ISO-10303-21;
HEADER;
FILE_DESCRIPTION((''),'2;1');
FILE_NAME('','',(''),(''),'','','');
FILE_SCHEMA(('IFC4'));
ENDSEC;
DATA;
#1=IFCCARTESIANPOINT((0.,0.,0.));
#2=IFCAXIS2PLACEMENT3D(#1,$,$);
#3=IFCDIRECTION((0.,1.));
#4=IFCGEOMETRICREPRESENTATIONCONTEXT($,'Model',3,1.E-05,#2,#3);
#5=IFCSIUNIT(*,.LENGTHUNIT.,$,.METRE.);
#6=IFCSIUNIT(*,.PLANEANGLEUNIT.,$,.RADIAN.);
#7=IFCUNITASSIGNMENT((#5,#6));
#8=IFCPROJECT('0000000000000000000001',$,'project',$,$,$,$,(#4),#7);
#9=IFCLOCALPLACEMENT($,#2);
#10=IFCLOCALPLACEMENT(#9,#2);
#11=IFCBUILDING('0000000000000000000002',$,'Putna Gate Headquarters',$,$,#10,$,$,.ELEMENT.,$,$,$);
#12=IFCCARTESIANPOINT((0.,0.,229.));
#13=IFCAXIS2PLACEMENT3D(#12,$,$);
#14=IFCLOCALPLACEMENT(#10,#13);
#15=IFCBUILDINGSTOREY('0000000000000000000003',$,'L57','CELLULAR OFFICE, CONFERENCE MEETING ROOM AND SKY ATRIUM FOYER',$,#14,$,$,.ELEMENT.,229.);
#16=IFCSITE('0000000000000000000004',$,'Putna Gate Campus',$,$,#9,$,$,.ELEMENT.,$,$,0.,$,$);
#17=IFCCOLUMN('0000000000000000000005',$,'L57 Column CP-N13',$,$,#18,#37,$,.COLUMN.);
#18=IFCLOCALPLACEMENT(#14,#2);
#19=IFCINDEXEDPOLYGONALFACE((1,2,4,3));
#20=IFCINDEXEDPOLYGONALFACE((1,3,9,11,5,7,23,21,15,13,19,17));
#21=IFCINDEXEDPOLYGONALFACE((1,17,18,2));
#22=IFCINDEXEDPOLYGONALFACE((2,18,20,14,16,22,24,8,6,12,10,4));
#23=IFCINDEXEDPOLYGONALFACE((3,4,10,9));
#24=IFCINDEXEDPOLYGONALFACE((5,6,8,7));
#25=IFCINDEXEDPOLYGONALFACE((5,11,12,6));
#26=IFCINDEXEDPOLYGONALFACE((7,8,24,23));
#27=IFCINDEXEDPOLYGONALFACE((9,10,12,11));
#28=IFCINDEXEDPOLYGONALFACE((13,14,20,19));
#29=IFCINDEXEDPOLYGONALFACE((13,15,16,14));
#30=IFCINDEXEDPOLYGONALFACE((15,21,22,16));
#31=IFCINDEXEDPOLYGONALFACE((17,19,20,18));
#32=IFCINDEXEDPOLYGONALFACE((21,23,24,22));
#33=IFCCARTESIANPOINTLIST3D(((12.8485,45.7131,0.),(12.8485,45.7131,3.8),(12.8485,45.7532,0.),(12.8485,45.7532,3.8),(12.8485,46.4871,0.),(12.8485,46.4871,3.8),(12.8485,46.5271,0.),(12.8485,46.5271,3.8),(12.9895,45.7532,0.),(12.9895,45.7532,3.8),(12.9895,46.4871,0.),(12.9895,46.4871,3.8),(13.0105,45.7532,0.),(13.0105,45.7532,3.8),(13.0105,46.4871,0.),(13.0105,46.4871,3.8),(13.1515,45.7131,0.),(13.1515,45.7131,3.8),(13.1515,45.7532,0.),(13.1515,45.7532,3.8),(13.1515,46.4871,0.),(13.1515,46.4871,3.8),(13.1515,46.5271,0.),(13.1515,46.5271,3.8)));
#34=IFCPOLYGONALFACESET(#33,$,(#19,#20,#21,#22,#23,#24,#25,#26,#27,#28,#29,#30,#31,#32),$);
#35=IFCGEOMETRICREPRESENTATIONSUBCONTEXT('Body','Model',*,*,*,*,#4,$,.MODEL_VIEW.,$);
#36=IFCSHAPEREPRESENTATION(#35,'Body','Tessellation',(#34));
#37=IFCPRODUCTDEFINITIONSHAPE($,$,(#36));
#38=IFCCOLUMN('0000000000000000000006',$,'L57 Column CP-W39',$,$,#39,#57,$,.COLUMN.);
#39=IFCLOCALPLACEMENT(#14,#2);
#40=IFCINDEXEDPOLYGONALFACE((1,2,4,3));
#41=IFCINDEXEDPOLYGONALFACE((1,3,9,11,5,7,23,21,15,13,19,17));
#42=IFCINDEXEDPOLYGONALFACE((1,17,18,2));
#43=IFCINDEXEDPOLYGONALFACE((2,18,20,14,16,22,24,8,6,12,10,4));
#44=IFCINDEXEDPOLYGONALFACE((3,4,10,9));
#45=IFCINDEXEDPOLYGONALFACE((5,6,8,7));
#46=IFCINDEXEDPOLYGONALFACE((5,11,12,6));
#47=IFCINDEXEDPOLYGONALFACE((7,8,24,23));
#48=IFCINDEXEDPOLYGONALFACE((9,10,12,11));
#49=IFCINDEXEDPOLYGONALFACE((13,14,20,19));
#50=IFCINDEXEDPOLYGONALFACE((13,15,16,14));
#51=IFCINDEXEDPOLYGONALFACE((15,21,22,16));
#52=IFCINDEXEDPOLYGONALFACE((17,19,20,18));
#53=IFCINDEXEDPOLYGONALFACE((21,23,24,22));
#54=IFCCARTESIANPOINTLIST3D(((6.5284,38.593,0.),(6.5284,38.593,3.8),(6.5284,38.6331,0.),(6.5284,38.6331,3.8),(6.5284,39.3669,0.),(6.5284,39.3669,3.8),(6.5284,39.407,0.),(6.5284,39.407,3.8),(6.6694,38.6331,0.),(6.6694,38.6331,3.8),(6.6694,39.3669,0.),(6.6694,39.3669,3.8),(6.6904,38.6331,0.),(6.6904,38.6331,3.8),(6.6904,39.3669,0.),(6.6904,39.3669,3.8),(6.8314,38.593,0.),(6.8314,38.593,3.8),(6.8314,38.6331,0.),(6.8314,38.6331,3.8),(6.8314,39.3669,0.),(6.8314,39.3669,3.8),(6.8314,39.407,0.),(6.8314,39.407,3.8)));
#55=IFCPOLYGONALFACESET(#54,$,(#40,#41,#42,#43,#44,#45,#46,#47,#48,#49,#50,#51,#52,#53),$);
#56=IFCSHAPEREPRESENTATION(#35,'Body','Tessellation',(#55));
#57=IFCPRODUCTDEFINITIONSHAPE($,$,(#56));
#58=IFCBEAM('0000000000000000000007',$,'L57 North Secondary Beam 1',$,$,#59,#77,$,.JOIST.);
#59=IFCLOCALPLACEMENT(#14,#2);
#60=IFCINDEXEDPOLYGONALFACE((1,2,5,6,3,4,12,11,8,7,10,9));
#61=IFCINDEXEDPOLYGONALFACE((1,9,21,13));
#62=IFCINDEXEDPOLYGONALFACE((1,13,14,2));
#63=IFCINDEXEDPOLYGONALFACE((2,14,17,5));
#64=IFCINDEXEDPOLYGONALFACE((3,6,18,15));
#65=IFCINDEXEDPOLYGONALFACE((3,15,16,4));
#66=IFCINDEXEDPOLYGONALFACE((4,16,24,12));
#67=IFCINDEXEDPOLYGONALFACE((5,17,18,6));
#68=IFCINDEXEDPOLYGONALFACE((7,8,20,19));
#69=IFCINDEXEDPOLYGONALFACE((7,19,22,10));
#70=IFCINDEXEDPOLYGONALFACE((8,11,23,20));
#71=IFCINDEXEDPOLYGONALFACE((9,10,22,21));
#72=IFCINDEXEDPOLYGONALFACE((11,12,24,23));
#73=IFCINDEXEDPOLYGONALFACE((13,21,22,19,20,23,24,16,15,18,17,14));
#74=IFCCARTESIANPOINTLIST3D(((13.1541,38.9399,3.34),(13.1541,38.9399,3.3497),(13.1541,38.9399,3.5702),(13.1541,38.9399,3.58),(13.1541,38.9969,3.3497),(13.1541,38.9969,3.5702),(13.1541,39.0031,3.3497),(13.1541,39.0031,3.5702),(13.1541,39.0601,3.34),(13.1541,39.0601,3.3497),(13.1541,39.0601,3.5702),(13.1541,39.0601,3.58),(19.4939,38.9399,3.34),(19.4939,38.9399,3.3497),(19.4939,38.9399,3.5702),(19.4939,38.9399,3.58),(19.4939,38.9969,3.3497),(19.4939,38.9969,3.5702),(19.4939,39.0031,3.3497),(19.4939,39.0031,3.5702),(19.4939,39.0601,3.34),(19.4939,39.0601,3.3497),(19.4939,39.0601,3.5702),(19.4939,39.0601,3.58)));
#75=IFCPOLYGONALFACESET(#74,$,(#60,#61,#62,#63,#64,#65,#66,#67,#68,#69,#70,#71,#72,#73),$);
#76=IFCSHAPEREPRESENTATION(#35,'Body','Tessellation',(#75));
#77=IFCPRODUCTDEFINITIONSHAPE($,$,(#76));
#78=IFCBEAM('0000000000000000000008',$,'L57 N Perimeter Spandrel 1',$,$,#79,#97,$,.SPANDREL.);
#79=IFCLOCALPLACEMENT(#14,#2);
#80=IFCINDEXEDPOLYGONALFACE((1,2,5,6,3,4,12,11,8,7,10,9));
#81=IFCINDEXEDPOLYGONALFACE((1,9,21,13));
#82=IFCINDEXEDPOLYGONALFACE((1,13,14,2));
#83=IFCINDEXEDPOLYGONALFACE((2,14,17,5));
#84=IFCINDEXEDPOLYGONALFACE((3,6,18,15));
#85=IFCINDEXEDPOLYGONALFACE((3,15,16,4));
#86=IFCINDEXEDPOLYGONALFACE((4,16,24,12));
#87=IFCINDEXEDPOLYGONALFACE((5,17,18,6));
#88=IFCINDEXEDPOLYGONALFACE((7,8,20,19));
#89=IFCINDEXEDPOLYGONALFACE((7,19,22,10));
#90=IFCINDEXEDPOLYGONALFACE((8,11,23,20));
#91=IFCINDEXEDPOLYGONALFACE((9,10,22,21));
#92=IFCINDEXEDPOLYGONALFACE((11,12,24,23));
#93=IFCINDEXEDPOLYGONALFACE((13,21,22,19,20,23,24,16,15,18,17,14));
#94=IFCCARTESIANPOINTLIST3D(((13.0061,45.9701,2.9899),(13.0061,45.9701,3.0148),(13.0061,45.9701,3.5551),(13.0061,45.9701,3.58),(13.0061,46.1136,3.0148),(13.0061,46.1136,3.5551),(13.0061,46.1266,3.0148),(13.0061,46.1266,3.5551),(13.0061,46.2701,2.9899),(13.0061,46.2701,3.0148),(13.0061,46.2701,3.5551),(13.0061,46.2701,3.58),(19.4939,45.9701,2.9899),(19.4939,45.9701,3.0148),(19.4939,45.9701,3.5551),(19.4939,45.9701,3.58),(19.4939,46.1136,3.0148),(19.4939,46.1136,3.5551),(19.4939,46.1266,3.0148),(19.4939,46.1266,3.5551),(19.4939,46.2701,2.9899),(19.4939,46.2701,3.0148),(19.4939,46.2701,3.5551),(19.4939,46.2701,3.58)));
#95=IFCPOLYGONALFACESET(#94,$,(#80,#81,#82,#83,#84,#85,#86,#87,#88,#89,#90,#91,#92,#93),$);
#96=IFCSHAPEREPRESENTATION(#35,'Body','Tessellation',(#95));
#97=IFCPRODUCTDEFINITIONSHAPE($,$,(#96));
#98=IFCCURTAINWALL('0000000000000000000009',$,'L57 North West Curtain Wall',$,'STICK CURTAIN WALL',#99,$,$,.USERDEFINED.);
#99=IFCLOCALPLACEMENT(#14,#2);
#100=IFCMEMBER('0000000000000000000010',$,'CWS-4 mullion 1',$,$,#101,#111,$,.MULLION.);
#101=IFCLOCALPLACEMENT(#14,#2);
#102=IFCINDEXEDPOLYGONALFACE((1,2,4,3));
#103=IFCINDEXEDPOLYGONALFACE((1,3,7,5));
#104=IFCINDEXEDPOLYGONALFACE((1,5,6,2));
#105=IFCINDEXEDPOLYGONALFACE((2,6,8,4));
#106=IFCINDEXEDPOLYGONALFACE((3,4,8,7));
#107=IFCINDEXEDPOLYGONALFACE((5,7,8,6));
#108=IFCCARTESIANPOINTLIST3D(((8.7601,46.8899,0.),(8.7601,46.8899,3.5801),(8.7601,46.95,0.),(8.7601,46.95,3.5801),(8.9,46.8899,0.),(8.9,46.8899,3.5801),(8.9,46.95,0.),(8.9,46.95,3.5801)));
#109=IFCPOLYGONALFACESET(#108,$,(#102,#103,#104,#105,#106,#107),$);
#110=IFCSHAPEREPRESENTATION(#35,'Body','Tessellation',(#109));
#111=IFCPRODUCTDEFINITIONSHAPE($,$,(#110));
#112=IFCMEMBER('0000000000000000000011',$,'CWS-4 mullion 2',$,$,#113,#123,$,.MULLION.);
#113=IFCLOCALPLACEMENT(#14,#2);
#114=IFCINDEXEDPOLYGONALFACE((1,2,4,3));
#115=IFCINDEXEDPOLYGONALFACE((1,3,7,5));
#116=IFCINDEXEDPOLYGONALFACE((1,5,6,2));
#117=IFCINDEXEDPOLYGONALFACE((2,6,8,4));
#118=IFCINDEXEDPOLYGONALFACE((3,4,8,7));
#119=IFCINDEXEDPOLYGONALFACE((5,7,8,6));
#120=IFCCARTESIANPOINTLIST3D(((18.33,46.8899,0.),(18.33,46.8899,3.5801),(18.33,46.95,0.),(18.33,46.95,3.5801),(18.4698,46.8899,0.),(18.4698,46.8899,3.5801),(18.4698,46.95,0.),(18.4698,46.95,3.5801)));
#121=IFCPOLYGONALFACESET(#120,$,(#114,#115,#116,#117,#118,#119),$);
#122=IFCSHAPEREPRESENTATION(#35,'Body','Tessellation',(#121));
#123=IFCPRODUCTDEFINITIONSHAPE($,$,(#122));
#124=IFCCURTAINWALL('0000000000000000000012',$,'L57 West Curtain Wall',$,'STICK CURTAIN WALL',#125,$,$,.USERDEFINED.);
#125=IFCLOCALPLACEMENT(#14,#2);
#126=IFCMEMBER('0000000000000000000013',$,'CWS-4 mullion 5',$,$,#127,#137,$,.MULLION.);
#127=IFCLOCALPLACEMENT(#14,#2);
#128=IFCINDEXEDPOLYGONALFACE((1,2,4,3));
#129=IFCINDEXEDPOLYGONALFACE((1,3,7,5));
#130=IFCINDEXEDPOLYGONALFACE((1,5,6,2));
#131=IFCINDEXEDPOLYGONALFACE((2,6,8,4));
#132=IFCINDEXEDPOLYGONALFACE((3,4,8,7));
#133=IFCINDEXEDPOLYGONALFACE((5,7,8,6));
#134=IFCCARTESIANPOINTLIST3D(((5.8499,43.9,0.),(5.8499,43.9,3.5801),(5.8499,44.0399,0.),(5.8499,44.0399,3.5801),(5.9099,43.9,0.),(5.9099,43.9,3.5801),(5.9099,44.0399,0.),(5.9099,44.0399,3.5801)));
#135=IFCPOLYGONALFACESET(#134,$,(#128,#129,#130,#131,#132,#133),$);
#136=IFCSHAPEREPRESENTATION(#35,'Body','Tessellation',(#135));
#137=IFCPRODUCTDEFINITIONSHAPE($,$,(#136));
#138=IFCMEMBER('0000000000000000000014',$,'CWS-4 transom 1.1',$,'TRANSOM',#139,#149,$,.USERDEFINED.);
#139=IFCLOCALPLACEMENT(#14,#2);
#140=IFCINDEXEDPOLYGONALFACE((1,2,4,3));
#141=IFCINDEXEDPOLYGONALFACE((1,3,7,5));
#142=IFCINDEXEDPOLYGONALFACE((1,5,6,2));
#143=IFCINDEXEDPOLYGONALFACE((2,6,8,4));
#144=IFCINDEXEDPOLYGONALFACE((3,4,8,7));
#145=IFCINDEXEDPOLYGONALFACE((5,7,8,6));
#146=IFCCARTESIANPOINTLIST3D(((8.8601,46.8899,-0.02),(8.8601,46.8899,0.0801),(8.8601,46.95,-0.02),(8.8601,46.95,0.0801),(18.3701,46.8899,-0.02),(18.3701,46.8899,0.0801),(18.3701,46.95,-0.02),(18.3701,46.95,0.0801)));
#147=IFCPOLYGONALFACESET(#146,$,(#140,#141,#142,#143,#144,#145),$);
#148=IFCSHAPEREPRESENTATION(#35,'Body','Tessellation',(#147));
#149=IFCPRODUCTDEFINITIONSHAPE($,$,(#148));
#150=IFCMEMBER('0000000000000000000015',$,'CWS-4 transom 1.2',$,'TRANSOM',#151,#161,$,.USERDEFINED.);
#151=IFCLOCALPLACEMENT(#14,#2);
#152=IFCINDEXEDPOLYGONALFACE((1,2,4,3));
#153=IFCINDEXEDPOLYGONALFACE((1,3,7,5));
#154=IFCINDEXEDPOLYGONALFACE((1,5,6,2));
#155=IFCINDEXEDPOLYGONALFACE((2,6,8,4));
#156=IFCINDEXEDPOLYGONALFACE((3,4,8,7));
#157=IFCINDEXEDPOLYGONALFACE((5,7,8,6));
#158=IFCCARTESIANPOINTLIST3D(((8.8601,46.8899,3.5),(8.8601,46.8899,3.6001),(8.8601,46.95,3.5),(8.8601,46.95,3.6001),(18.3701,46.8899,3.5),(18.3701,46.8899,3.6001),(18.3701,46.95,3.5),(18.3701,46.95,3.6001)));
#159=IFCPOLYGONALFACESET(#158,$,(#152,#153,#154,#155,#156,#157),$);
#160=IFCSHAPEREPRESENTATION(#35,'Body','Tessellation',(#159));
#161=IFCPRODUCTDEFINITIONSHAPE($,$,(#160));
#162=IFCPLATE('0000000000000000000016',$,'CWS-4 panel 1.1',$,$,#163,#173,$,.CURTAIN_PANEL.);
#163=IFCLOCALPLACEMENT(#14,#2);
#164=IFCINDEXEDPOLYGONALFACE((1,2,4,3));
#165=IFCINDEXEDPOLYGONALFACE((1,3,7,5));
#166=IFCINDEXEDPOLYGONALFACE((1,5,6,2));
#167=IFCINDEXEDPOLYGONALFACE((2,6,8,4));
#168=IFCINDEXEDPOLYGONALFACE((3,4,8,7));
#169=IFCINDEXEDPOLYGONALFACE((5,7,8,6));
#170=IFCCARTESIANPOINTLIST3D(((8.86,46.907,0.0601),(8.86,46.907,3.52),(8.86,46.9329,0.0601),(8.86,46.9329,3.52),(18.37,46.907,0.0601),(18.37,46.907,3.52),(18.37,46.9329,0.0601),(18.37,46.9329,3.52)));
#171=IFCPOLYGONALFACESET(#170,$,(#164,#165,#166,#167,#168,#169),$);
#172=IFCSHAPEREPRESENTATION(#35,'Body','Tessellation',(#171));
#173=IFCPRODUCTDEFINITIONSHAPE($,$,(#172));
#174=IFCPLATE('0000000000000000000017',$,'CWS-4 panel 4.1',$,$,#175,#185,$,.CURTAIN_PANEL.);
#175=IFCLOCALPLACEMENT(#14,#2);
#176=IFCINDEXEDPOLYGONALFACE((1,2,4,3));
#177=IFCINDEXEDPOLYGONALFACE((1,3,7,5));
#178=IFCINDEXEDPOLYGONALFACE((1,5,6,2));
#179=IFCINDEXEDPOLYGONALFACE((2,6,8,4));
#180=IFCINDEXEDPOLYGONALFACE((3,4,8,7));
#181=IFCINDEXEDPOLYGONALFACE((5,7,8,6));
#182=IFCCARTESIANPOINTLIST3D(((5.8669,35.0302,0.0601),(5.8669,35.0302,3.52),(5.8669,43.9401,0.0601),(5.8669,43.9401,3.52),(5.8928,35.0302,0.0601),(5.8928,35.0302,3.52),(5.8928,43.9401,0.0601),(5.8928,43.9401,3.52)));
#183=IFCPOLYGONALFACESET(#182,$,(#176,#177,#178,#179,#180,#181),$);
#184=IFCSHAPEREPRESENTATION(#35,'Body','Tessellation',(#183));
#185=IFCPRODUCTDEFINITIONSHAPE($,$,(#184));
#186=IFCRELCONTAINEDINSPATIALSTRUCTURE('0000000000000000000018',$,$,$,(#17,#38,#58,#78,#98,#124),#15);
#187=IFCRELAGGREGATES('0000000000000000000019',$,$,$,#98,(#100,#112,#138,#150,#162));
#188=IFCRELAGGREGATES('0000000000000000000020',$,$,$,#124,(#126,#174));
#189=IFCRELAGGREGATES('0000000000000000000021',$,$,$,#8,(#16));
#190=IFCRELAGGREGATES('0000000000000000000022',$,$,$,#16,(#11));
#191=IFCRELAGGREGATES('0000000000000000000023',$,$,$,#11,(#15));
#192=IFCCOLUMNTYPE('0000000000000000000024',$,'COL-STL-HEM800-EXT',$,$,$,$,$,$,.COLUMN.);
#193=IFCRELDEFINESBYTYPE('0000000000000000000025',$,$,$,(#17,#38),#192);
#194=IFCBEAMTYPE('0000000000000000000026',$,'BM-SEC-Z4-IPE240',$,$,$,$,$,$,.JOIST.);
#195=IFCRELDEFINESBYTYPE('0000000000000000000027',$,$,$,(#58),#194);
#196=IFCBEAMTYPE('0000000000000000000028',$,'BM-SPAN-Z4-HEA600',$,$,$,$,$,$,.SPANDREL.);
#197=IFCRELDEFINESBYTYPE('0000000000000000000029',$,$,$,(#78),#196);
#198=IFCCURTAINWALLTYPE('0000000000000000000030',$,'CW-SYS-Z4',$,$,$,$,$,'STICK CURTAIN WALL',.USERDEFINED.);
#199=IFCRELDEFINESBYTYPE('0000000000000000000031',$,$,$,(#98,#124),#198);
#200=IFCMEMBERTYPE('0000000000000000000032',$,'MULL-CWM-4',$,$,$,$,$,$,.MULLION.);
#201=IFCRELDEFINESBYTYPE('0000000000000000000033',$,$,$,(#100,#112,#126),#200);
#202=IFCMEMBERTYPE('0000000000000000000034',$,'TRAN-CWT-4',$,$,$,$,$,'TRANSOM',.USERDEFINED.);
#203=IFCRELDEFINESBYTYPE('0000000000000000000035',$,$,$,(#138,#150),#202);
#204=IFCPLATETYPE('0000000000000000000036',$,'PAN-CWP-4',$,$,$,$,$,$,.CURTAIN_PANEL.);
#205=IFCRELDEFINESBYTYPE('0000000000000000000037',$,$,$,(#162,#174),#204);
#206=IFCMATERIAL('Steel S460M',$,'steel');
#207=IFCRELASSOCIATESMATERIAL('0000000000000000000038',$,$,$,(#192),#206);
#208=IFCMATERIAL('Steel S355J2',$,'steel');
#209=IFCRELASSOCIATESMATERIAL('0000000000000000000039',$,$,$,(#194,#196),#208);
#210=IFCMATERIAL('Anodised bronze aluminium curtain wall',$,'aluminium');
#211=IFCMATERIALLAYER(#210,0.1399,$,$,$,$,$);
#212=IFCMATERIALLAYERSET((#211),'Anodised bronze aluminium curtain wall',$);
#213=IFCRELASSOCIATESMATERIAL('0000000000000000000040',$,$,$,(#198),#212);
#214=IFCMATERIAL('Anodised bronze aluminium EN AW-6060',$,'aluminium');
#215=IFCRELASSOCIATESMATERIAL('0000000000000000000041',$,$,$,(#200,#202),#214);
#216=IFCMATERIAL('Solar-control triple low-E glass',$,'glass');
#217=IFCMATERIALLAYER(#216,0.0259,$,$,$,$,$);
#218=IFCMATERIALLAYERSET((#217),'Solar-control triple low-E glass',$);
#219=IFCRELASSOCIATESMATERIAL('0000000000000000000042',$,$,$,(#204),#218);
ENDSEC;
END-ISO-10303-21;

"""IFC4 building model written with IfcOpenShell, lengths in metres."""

from ifc_helpers import new_model, si_unit, direction, frame, origin, origin_2d, place, context, subcontext, project, spatial, rectangle, i_section, extrude, material, layer, layer_set, material_profile, profile_set, type_object, element, aggregate, save


model = new_model("IFC4")

# Units and contexts
model_context = context("Model", 3, precision=1e-05, world=origin(), true_north=direction((0.0, 1.0)))
body_context = subcontext(model_context, "Body", "Model", "MODEL_VIEW")
ifc_project = project(units=[si_unit("LENGTHUNIT", "METRE"), si_unit("PLANEANGLEUNIT", "RADIAN")], contexts=[model_context])

# Site, building, storey
site_placement = place(None, origin())
site = spatial("IfcSite", under=ifc_project, at=site_placement, Name="Putna Gate Campus", CompositionType="ELEMENT", RefElevation=0.0)
building_placement = place(site_placement, origin())
building = spatial("IfcBuilding", under=site, at=building_placement, Name="Putna Gate Headquarters", CompositionType="ELEMENT")
storey_placement = place(building_placement, frame((0.0, 0.0, 229.0)))
storey = spatial("IfcBuildingStorey", under=building, at=storey_placement, Name="L57", Description="CELLULAR OFFICE, CONFERENCE MEETING ROOM AND SKY ATRIUM FOYER", CompositionType="ELEMENT", Elevation=229.0)

# Columns
ifc_material_1 = material(Name="Steel S460M", Category="steel")
ifc_material_profile_1 = material_profile(ifc_material_1, i_section(OverallWidth=0.303, OverallDepth=0.814, WebThickness=0.021, FlangeThickness=0.04, at=origin_2d()), Name="Steel S460M")
ifc_profile_set_1 = profile_set([ifc_material_profile_1], Name="Steel S460M")
column_type = type_object("IfcColumnType", Name="COL-STL-HEM800-EXT", PredefinedType="COLUMN", material=ifc_profile_set_1)
for number, where, z_axis, x_axis, name in (
    (1, (13.0, 46.1201, 0.0), (0.0, 0.0, 1.0), (1.0, 0.0, 0.0), "L57 Column CP-N13"),
    (2, (6.6799, 39.0, 0.0), (0.0, 0.0, 1.0), (1.0, 0.0, 0.0), "L57 Column CP-W39"),
):
    element("IfcColumn", number, at=place(storey_placement, frame(where, z_axis=z_axis, x_axis=x_axis)), inside=storey, type_object=column_type, Name=name, PredefinedType="COLUMN", context=body_context, shape_type="SweptSolid", body=[
        extrude(i_section(OverallWidth=0.303, OverallDepth=0.814, WebThickness=0.021, FlangeThickness=0.04, at=origin_2d()), origin(), (0.0, 0.0, 1.0), 3.8),
    ])

# Beams
ifc_material_2 = material(Name="Steel S355J2", Category="steel")
ifc_material_profile_2 = material_profile(ifc_material_2, i_section(OverallWidth=0.1201, OverallDepth=0.24, WebThickness=0.0061, FlangeThickness=0.0098, at=origin_2d()), Name="Steel S355J2")
ifc_profile_set_2 = profile_set([ifc_material_profile_2], Name="Steel S355J2")
beam_type_1 = type_object("IfcBeamType", Name="BM-SEC-Z4-IPE240", PredefinedType="JOIST", material=ifc_profile_set_2)
beam_1_placement = place(storey_placement, frame((13.1541, 39.0, 3.46), z_axis=(1.0, 0.0, 0.0), x_axis=(0.0, 1.0, 0.0)))
element("IfcBeam", 3, at=beam_1_placement, inside=storey, type_object=beam_type_1, Name="L57 North Secondary Beam 1", PredefinedType="JOIST", context=body_context, shape_type="SweptSolid", body=[
    extrude(i_section(OverallWidth=0.1201, OverallDepth=0.24, WebThickness=0.0061, FlangeThickness=0.0098, at=origin_2d()), origin(), (0.0, 0.0, 1.0), 6.3398),
])
ifc_material_profile_3 = material_profile(ifc_material_2, i_section(OverallWidth=0.3, OverallDepth=0.5901, WebThickness=0.0129, FlangeThickness=0.0249, at=origin_2d()), Name="Steel S355J2")
ifc_profile_set_3 = profile_set([ifc_material_profile_3], Name="Steel S355J2")
beam_type_2 = type_object("IfcBeamType", Name="BM-SPAN-Z4-HEA600", PredefinedType="SPANDREL", material=ifc_profile_set_3)
beam_2_placement = place(storey_placement, frame((13.0061, 46.1201, 3.2849), z_axis=(1.0, 0.0, 0.0), x_axis=(0.0, 1.0, 0.0)))
element("IfcBeam", 4, at=beam_2_placement, inside=storey, type_object=beam_type_2, Name="L57 N Perimeter Spandrel 1", PredefinedType="SPANDREL", context=body_context, shape_type="SweptSolid", body=[
    extrude(i_section(OverallWidth=0.3, OverallDepth=0.5901, WebThickness=0.0129, FlangeThickness=0.0249, at=origin_2d()), origin(), (0.0, 0.0, 1.0), 6.4878),
])

# Curtain wall, members
ifc_material_3 = material(Name="Anodised bronze aluminium curtain wall", Category="aluminium")
ifc_layer_1 = layer(ifc_material_3, 0.1399)
ifc_layer_set_1 = layer_set([ifc_layer_1], Name="Anodised bronze aluminium curtain wall")
curtain_wall_type = type_object("IfcCurtainWallType", Name="CW-SYS-Z4", ElementType="STICK CURTAIN WALL", PredefinedType="USERDEFINED", material=ifc_layer_set_1)
curtain_wall_1_placement = place(storey_placement, origin())
curtain_wall_1 = element("IfcCurtainWall", 5, at=curtain_wall_1_placement, inside=storey, type_object=curtain_wall_type, Name="L57 North West Curtain Wall", ObjectType="STICK CURTAIN WALL", PredefinedType="USERDEFINED")
ifc_material_4 = material(Name="Anodised bronze aluminium EN AW-6060", Category="aluminium")
ifc_material_profile_4 = material_profile(ifc_material_4, rectangle(XDim=0.0601, YDim=0.1399, at=origin_2d()), Name="Anodised bronze aluminium EN AW-6060")
ifc_profile_set_4 = profile_set([ifc_material_profile_4], Name="Anodised bronze aluminium EN AW-6060")
member_type_1 = type_object("IfcMemberType", Name="MULL-CWM-4", PredefinedType="MULLION", material=ifc_profile_set_4)
member_1_placement = place(storey_placement, frame((8.8301, 46.9199, 0.0), z_axis=(0.0, 0.0, 1.0), x_axis=(0.0, 1.0, 0.0)))
member_1 = element("IfcMember", 6, at=member_1_placement, type_object=member_type_1, Name="CWS-4 mullion 1", PredefinedType="MULLION", context=body_context, shape_type="SweptSolid", body=[
    extrude(rectangle(XDim=0.0601, YDim=0.1399, at=origin_2d()), origin(), (0.0, 0.0, 1.0), 3.5801),
])
member_2_placement = place(storey_placement, frame((18.3999, 46.9199, 0.0), z_axis=(0.0, 0.0, 1.0), x_axis=(0.0, 1.0, 0.0)))
member_2 = element("IfcMember", 7, at=member_2_placement, type_object=member_type_1, Name="CWS-4 mullion 2", PredefinedType="MULLION", context=body_context, shape_type="SweptSolid", body=[
    extrude(rectangle(XDim=0.0601, YDim=0.1399, at=origin_2d()), origin(), (0.0, 0.0, 1.0), 3.5801),
])

# Curtain wall, member
curtain_wall_2_placement = place(storey_placement, origin())
curtain_wall_2 = element("IfcCurtainWall", 8, at=curtain_wall_2_placement, inside=storey, type_object=curtain_wall_type, Name="L57 West Curtain Wall", ObjectType="STICK CURTAIN WALL", PredefinedType="USERDEFINED")
member_3_placement = place(storey_placement, frame((5.8799, 43.97, 0.0), z_axis=(0.0, 0.0, 1.0), x_axis=(-1.0, 0.0, 0.0)))
member_3 = element("IfcMember", 9, at=member_3_placement, type_object=member_type_1, Name="CWS-4 mullion 5", PredefinedType="MULLION", context=body_context, shape_type="SweptSolid", body=[
    extrude(rectangle(XDim=0.0601, YDim=0.1399, at=origin_2d()), origin(), (0.0, 0.0, 1.0), 3.5801),
])

# Members
ifc_material_profile_5 = material_profile(ifc_material_4, rectangle(XDim=0.0601, YDim=0.1001, at=origin_2d()), Name="Anodised bronze aluminium EN AW-6060")
ifc_profile_set_5 = profile_set([ifc_material_profile_5], Name="Anodised bronze aluminium EN AW-6060")
member_type_2 = type_object("IfcMemberType", Name="TRAN-CWT-4", ElementType="TRANSOM", PredefinedType="USERDEFINED", material=ifc_profile_set_5)
member_4_placement = place(storey_placement, frame((8.8601, 46.9199, 0.03), z_axis=(1.0, 0.0, 0.0), x_axis=(0.0, 1.0, 0.0)))
member_4 = element("IfcMember", 10, at=member_4_placement, type_object=member_type_2, Name="CWS-4 transom 1.1", ObjectType="TRANSOM", PredefinedType="USERDEFINED", context=body_context, shape_type="SweptSolid", body=[
    extrude(rectangle(XDim=0.0601, YDim=0.1001, at=origin_2d()), origin(), (0.0, 0.0, 1.0), 9.51),
])
member_5_placement = place(storey_placement, frame((8.8601, 46.9199, 3.55), z_axis=(1.0, 0.0, 0.0), x_axis=(0.0, 1.0, 0.0)))
member_5 = element("IfcMember", 11, at=member_5_placement, type_object=member_type_2, Name="CWS-4 transom 1.2", ObjectType="TRANSOM", PredefinedType="USERDEFINED", context=body_context, shape_type="SweptSolid", body=[
    extrude(rectangle(XDim=0.0601, YDim=0.1001, at=origin_2d()), origin(), (0.0, 0.0, 1.0), 9.51),
])

# Plates
ifc_material_5 = material(Name="Solar-control triple low-E glass", Category="glass")
ifc_layer_2 = layer(ifc_material_5, 0.0259)
ifc_layer_set_2 = layer_set([ifc_layer_2], Name="Solar-control triple low-E glass")
plate_type = type_object("IfcPlateType", Name="PAN-CWP-4", PredefinedType="CURTAIN_PANEL", material=ifc_layer_set_2)
plate_1_placement = place(storey_placement, frame((13.615, 46.9199, 0.0601), z_axis=(0.0, 0.0, 1.0), x_axis=(1.0, 0.0, 0.0)))
plate_1 = element("IfcPlate", 12, at=plate_1_placement, type_object=plate_type, Name="CWS-4 panel 1.1", PredefinedType="CURTAIN_PANEL", context=body_context, shape_type="SweptSolid", body=[
    extrude(rectangle(XDim=9.51, YDim=0.0259, at=origin_2d()), origin(), (0.0, 0.0, 1.0), 3.46),
])
aggregate(curtain_wall_1, [member_1, member_2, member_4, member_5, plate_1])
plate_2_placement = place(storey_placement, frame((5.8799, 39.4851, 0.0601), z_axis=(0.0, 0.0, 1.0), x_axis=(0.0, 1.0, 0.0)))
plate_2 = element("IfcPlate", 13, at=plate_2_placement, type_object=plate_type, Name="CWS-4 panel 4.1", PredefinedType="CURTAIN_PANEL", context=body_context, shape_type="SweptSolid", body=[
    extrude(rectangle(XDim=8.9099, YDim=0.0259, at=origin_2d()), origin(), (0.0, 0.0, 1.0), 3.46),
])
aggregate(curtain_wall_2, [member_3, plate_2])

save(model, "model.ifc")
